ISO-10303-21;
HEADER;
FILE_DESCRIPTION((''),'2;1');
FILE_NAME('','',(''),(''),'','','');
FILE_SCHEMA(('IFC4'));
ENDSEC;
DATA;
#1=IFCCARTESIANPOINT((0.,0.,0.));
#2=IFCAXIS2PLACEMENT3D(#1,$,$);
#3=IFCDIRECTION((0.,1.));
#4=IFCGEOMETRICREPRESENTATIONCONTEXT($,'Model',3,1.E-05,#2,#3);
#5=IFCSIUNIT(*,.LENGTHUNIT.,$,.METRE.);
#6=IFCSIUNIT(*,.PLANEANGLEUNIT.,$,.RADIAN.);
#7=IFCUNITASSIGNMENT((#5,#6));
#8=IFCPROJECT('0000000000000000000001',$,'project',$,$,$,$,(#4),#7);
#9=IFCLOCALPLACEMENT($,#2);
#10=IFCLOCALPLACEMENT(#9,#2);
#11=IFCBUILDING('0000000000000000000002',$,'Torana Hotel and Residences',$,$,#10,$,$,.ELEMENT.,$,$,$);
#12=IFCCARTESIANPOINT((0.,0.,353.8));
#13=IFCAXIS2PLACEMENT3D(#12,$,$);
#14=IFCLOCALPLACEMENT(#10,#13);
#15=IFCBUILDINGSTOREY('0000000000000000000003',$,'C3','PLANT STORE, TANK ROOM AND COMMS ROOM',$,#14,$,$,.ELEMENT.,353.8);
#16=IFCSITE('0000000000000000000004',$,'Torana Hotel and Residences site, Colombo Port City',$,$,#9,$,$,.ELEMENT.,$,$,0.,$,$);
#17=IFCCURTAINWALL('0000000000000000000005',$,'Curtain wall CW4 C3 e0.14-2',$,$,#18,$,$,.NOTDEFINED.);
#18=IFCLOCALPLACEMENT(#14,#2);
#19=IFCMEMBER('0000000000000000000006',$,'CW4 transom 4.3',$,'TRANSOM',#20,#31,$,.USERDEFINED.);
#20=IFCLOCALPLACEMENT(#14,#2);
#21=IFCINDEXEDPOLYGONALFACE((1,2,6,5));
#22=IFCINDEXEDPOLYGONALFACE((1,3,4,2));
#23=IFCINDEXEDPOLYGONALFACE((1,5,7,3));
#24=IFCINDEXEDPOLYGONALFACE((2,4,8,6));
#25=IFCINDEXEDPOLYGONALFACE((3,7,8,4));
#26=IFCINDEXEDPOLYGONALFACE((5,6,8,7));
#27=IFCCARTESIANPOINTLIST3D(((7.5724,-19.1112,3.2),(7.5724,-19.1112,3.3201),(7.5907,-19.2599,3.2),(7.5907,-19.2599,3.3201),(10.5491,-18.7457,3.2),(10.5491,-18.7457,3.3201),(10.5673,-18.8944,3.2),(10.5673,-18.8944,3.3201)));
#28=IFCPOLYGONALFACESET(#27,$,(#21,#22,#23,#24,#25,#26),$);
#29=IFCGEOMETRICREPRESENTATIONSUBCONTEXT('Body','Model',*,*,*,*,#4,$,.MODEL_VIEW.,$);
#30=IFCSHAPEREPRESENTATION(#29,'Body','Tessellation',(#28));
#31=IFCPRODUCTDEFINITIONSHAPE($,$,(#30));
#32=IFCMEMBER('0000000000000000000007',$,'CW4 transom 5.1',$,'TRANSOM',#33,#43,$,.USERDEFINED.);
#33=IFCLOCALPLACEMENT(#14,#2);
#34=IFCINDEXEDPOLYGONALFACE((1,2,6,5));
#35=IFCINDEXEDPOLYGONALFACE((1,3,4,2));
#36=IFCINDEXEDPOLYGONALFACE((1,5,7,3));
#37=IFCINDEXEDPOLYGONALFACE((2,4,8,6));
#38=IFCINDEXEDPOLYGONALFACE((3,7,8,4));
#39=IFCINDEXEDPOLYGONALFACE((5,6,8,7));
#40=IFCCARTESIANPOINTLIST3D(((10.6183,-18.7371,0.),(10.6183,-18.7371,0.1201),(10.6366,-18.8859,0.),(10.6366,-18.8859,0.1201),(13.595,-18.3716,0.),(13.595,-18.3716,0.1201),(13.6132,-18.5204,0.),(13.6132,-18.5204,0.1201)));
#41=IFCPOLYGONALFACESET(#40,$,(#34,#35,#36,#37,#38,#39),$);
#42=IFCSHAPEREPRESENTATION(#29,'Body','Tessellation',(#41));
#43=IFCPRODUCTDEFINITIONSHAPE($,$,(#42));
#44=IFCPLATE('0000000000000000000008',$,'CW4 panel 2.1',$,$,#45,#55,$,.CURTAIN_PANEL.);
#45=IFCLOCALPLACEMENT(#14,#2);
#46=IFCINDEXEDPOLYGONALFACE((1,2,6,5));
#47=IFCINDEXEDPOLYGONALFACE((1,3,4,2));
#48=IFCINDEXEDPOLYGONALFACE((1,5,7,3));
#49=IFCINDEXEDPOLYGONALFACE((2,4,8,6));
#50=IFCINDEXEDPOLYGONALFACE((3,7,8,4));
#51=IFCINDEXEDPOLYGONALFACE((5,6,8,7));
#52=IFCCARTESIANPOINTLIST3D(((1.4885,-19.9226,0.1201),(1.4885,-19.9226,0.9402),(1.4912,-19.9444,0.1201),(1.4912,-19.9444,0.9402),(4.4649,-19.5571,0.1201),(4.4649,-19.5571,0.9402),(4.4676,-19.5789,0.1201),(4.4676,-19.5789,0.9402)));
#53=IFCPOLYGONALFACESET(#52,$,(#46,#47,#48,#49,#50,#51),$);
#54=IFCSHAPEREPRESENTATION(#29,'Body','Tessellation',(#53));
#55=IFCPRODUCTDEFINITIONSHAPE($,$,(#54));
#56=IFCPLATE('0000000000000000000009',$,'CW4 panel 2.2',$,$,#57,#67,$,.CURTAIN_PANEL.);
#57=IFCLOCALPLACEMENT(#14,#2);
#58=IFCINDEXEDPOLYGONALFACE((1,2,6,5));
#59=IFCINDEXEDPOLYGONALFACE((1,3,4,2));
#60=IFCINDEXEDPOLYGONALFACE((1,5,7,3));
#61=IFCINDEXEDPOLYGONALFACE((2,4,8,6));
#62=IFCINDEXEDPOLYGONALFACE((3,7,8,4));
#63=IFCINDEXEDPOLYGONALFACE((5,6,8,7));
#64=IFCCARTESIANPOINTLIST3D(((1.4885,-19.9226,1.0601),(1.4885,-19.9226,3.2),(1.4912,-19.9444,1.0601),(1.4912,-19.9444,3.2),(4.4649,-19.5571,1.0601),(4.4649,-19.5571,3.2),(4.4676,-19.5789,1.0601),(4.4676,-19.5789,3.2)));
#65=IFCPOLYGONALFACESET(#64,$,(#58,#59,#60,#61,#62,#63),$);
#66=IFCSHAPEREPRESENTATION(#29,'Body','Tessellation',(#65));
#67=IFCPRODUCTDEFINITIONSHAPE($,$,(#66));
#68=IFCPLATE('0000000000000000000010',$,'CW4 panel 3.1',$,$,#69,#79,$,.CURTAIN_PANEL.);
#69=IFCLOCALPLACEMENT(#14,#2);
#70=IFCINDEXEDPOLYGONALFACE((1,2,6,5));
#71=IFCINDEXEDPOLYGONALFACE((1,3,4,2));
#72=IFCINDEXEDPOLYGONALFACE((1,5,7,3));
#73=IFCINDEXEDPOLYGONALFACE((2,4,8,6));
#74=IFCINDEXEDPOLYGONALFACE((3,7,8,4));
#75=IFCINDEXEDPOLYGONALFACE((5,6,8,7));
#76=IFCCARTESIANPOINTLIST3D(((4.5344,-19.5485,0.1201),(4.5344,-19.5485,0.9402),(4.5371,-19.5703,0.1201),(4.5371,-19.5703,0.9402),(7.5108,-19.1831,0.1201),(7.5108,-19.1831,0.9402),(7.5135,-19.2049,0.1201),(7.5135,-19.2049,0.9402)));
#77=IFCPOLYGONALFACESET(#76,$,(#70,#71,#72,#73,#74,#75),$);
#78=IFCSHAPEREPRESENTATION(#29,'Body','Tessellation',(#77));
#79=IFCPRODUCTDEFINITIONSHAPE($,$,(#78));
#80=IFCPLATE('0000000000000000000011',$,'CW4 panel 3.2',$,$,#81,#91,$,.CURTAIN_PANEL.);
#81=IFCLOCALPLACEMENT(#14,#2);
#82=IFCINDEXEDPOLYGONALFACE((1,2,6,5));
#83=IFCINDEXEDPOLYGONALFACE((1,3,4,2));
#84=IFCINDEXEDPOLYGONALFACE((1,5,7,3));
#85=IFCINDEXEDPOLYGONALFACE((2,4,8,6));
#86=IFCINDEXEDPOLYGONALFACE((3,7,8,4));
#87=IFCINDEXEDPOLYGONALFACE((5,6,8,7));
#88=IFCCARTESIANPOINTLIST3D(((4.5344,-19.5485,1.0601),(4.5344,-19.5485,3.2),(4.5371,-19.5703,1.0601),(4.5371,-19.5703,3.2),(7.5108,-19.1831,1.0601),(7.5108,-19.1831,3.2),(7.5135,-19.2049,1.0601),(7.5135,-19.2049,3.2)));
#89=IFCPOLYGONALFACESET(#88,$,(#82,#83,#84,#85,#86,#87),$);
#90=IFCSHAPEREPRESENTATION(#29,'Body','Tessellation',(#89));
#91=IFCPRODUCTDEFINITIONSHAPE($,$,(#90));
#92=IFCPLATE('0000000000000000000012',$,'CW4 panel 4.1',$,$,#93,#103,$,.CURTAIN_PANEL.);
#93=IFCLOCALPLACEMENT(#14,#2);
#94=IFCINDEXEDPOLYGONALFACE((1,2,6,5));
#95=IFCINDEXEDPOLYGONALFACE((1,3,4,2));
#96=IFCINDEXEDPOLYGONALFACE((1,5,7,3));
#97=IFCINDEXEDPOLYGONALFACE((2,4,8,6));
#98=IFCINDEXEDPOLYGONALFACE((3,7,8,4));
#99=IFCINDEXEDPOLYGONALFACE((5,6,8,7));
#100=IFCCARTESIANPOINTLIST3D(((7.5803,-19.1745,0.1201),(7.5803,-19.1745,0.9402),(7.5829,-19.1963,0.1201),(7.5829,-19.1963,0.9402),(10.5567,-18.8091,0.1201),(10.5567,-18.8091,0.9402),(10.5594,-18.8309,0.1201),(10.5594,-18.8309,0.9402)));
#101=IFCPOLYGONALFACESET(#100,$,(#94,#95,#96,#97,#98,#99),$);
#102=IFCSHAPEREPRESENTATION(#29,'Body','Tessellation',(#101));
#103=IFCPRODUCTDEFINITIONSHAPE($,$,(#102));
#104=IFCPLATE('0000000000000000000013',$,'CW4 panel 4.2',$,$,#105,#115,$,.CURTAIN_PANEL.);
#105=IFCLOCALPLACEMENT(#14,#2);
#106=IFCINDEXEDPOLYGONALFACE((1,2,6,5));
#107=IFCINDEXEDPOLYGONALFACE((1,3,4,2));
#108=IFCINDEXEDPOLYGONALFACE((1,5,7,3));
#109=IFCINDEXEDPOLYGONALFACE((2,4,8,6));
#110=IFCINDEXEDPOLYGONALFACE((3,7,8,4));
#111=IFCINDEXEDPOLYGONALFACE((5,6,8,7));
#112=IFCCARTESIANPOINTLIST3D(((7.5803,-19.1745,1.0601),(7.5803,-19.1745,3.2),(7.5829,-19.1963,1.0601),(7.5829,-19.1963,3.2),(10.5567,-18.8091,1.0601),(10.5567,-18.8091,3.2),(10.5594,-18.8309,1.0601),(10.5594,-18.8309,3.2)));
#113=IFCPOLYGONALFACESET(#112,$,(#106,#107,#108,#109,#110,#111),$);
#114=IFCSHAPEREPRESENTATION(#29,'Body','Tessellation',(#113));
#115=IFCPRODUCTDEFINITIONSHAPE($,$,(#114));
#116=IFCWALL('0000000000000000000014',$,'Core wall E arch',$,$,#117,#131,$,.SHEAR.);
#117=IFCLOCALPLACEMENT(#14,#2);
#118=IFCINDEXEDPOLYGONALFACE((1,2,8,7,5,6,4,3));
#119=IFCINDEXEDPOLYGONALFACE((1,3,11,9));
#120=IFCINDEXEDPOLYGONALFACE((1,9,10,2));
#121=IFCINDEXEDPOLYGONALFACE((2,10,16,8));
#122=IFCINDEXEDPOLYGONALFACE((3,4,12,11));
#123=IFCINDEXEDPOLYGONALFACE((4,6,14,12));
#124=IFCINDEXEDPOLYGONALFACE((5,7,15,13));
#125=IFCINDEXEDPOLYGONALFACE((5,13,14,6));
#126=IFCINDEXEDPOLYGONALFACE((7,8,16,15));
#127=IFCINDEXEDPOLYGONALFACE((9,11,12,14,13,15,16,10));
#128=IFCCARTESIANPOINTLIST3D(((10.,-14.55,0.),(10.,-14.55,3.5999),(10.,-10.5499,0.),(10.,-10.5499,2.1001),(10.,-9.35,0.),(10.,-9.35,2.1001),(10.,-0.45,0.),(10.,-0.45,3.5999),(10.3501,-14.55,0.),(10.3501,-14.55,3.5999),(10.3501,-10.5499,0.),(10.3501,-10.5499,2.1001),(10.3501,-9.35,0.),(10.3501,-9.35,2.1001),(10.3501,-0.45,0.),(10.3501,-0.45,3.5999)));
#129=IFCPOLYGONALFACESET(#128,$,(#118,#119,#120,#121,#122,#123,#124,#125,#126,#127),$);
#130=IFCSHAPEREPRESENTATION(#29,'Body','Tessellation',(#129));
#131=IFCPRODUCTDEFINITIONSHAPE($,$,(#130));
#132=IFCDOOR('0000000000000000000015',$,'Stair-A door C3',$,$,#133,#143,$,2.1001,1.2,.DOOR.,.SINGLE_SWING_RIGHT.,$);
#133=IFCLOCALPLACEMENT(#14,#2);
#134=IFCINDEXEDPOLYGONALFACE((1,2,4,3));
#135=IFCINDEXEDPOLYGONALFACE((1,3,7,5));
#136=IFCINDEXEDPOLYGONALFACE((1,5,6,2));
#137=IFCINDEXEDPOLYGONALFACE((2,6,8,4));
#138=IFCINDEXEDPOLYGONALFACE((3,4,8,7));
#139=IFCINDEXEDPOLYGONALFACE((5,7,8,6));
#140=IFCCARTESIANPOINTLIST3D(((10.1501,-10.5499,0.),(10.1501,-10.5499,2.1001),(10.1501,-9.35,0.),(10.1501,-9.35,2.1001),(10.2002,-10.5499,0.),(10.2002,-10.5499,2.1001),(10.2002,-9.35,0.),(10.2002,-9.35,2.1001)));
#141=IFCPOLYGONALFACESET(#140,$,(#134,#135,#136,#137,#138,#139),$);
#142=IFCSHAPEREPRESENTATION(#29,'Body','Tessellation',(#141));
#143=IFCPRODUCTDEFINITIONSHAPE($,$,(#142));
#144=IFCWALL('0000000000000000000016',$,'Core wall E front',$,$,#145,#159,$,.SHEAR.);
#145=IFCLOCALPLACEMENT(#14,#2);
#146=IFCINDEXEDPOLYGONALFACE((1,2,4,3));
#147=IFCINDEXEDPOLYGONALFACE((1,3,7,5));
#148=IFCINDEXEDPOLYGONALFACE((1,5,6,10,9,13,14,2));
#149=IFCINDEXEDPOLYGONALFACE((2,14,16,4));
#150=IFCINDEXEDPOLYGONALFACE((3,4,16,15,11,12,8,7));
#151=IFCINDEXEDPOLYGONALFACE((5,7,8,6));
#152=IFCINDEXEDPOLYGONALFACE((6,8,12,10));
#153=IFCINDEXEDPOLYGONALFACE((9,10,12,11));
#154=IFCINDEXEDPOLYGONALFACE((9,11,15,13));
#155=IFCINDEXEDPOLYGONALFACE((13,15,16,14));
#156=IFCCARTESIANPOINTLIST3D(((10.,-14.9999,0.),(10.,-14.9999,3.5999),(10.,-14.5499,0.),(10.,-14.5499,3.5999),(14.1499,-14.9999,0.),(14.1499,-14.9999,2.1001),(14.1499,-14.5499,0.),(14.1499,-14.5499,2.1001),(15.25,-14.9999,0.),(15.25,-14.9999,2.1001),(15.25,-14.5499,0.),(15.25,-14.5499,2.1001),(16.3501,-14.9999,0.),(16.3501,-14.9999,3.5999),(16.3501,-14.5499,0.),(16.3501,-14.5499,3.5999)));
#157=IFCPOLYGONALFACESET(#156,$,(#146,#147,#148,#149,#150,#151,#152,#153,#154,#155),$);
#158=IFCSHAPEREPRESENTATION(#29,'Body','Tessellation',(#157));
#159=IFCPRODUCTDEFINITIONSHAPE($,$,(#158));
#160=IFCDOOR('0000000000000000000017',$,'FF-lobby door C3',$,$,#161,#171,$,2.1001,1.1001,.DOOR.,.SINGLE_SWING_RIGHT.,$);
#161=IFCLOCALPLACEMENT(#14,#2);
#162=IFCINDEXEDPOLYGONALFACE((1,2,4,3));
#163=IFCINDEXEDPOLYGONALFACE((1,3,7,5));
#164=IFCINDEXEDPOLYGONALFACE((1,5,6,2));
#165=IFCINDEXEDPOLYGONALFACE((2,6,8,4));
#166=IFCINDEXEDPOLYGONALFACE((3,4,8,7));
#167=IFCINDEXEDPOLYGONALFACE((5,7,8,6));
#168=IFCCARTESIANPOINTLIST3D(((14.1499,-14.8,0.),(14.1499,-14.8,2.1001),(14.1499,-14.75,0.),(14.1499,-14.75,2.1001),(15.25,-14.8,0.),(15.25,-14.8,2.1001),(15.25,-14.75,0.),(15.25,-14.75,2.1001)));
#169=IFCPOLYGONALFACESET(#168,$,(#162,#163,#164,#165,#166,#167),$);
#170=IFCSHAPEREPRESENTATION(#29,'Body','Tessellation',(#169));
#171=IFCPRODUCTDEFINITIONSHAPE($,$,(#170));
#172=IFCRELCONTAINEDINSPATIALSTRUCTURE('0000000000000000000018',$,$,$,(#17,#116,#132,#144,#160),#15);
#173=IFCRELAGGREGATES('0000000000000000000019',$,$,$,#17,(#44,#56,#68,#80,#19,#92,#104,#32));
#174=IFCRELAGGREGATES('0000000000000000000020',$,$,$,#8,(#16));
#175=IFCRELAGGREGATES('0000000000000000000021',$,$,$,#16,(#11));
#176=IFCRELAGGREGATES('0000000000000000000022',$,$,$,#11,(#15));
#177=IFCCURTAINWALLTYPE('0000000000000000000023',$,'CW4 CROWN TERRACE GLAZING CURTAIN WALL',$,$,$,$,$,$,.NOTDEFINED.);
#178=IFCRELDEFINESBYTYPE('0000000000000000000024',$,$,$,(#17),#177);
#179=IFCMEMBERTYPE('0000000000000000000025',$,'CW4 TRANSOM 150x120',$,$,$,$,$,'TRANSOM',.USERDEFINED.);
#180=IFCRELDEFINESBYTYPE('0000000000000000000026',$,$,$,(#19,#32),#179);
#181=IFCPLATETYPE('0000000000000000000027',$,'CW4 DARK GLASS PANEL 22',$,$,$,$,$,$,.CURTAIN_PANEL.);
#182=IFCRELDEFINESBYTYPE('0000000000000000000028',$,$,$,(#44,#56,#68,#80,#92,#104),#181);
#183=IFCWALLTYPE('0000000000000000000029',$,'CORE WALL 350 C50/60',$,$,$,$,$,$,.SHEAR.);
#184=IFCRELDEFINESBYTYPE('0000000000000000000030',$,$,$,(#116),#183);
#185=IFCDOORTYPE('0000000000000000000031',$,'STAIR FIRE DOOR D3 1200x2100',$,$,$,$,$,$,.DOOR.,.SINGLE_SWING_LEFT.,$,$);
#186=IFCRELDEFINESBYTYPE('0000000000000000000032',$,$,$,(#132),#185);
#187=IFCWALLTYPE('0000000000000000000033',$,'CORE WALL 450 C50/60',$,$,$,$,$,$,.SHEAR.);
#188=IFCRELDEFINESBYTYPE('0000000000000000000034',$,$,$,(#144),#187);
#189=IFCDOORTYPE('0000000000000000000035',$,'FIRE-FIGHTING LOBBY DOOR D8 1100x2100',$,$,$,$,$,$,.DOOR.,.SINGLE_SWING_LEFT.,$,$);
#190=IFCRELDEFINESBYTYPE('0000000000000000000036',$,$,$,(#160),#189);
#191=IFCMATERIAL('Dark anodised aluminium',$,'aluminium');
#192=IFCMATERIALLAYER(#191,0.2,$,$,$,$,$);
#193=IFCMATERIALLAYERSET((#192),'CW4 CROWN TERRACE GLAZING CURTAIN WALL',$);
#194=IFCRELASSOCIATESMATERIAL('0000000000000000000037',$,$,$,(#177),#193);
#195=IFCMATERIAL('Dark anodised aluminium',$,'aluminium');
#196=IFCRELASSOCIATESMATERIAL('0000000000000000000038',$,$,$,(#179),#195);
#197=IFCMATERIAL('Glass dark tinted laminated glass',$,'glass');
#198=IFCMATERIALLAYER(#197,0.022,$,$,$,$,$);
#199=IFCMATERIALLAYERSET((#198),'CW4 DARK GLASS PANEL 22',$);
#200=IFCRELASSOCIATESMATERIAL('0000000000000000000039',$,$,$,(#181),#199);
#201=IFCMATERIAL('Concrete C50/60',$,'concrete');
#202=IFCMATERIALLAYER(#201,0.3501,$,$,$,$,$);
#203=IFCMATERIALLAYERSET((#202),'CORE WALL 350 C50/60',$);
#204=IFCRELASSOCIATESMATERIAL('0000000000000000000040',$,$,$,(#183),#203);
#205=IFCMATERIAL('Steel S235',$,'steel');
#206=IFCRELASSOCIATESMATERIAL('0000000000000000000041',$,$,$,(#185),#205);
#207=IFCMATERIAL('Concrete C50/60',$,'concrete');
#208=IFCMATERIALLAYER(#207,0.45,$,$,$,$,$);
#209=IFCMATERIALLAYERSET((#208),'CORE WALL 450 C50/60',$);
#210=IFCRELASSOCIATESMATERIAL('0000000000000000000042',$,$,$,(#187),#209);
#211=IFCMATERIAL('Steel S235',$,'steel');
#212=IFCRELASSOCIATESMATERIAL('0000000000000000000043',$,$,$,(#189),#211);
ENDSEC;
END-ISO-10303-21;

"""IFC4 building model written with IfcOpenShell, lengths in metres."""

from ifc_helpers import new_model, si_unit, direction, frame, frame_2d, origin, origin_2d, place, context, subcontext, project, spatial, rectangle, extrude, material, layer, layer_set, material_profile, profile_set, type_object, element, fill, aggregate, save


model = new_model("IFC4")

# Units and contexts
model_context = context("Model", 3, precision=1e-05, world=origin(), true_north=direction((0.0, 1.0)))
body_context = subcontext(model_context, "Body", "Model", "MODEL_VIEW")
ifc_project = project(units=[si_unit("LENGTHUNIT", "METRE"), si_unit("PLANEANGLEUNIT", "RADIAN")], contexts=[model_context])

# Site, building, storey
site_placement = place(None, origin())
site = spatial("IfcSite", under=ifc_project, at=site_placement, Name="Torana Hotel and Residences site, Colombo Port City", CompositionType="ELEMENT", RefElevation=0.0)
building_placement = place(site_placement, origin())
building = spatial("IfcBuilding", under=site, at=building_placement, Name="Torana Hotel and Residences", CompositionType="ELEMENT")
storey_placement = place(building_placement, frame((0.0, 0.0, 353.8)))
storey = spatial("IfcBuildingStorey", under=building, at=storey_placement, Name="C3", Description="PLANT STORE, TANK ROOM AND COMMS ROOM", CompositionType="ELEMENT", Elevation=353.8)

# Curtain wall, members, plates
ifc_material_1 = material(Name="Dark anodised aluminium", Category="aluminium")
ifc_layer_1 = layer(ifc_material_1, 0.2)
ifc_layer_set_1 = layer_set([ifc_layer_1], Name="CW4 CROWN TERRACE GLAZING CURTAIN WALL")
curtain_wall_type = type_object("IfcCurtainWallType", Name="CW4 CROWN TERRACE GLAZING CURTAIN WALL", PredefinedType="NOTDEFINED", material=ifc_layer_set_1)
curtain_wall_placement = place(storey_placement, origin())
curtain_wall = element("IfcCurtainWall", 1, at=curtain_wall_placement, inside=storey, type_object=curtain_wall_type, Name="Curtain wall CW4 C3 e0.14-2", PredefinedType="NOTDEFINED")
ifc_material_2 = material(Name="Dark anodised aluminium", Category="aluminium")
ifc_material_profile_1 = material_profile(ifc_material_2, rectangle(XDim=0.1499, YDim=0.1201, at=origin_2d()), Name="CW4 TRANSOM 150x120")
ifc_profile_set_1 = profile_set([ifc_material_profile_1], Name="Dark anodised aluminium")
member_type_1 = type_object("IfcMemberType", Name="CW4 TRANSOM 150x120", ElementType="TRANSOM", PredefinedType="USERDEFINED", material=ifc_profile_set_1)
member_1_placement = place(storey_placement, frame((7.5815, -19.1855, 3.26), z_axis=(0.992546, 0.12187, 0.0), x_axis=(-0.12187, 0.992546, 0.0)))
member_1 = element("IfcMember", 2, at=member_1_placement, type_object=member_type_1, Name="CW4 transom 4.3", ObjectType="TRANSOM", PredefinedType="USERDEFINED", context=body_context, shape_type="SweptSolid", body=[
    extrude(rectangle(XDim=0.1499, YDim=0.1201, at=origin_2d()), origin(), (0.0, 0.0, 1.0), 2.999),
])
member_2_placement = place(storey_placement, frame((10.6274, -18.8115, 0.0601), z_axis=(0.992546, 0.12187, 0.0), x_axis=(-0.12187, 0.992546, 0.0)))
member_2 = element("IfcMember", 3, at=member_2_placement, type_object=member_type_1, Name="CW4 transom 5.1", ObjectType="TRANSOM", PredefinedType="USERDEFINED", context=body_context, shape_type="SweptSolid", body=[
    extrude(rectangle(XDim=0.1499, YDim=0.1201, at=origin_2d()), origin(), (0.0, 0.0, 1.0), 2.999),
])
ifc_material_3 = material(Name="Glass dark tinted laminated glass", Category="glass")
ifc_layer_2 = layer(ifc_material_3, 0.022)
ifc_layer_set_2 = layer_set([ifc_layer_2], Name="CW4 DARK GLASS PANEL 22")
plate_type = type_object("IfcPlateType", Name="CW4 DARK GLASS PANEL 22", PredefinedType="CURTAIN_PANEL", material=ifc_layer_set_2)
plate_1_placement = place(storey_placement, frame((2.978, -19.7507, 0.1201), z_axis=(0.0, 0.0, 1.0), x_axis=(0.992547, 0.121865, 0.0)))
plate_1 = element("IfcPlate", 4, at=plate_1_placement, type_object=plate_type, Name="CW4 panel 2.1", PredefinedType="CURTAIN_PANEL", context=body_context, shape_type="SweptSolid", body=[
    extrude(rectangle(XDim=2.9988, YDim=0.022, at=origin_2d()), origin(), (0.0, 0.0, 1.0), 0.8201),
])
plate_2_placement = place(storey_placement, frame((2.978, -19.7507, 1.0601), z_axis=(0.0, 0.0, 1.0), x_axis=(0.992547, 0.121865, 0.0)))
plate_2 = element("IfcPlate", 5, at=plate_2_placement, type_object=plate_type, Name="CW4 panel 2.2", PredefinedType="CURTAIN_PANEL", context=body_context, shape_type="SweptSolid", body=[
    extrude(rectangle(XDim=2.9988, YDim=0.022, at=origin_2d()), origin(), (0.0, 0.0, 1.0), 2.1399),
])
plate_3_placement = place(storey_placement, frame((6.0239, -19.3767, 0.1201), z_axis=(0.0, 0.0, 1.0), x_axis=(0.992547, 0.121865, 0.0)))
plate_3 = element("IfcPlate", 6, at=plate_3_placement, type_object=plate_type, Name="CW4 panel 3.1", PredefinedType="CURTAIN_PANEL", context=body_context, shape_type="SweptSolid", body=[
    extrude(rectangle(XDim=2.9988, YDim=0.022, at=origin_2d()), origin(), (0.0, 0.0, 1.0), 0.8201),
])
plate_4_placement = place(storey_placement, frame((6.0239, -19.3767, 1.0601), z_axis=(0.0, 0.0, 1.0), x_axis=(0.992547, 0.121865, 0.0)))
plate_4 = element("IfcPlate", 7, at=plate_4_placement, type_object=plate_type, Name="CW4 panel 3.2", PredefinedType="CURTAIN_PANEL", context=body_context, shape_type="SweptSolid", body=[
    extrude(rectangle(XDim=2.9988, YDim=0.022, at=origin_2d()), origin(), (0.0, 0.0, 1.0), 2.1399),
])
plate_5_placement = place(storey_placement, frame((9.0698, -19.0027, 0.1201), z_axis=(0.0, 0.0, 1.0), x_axis=(0.992547, 0.121865, 0.0)))
plate_5 = element("IfcPlate", 8, at=plate_5_placement, type_object=plate_type, Name="CW4 panel 4.1", PredefinedType="CURTAIN_PANEL", context=body_context, shape_type="SweptSolid", body=[
    extrude(rectangle(XDim=2.9988, YDim=0.022, at=origin_2d()), origin(), (0.0, 0.0, 1.0), 0.8201),
])
plate_6_placement = place(storey_placement, frame((9.0698, -19.0027, 1.0601), z_axis=(0.0, 0.0, 1.0), x_axis=(0.992547, 0.121865, 0.0)))
plate_6 = element("IfcPlate", 9, at=plate_6_placement, type_object=plate_type, Name="CW4 panel 4.2", PredefinedType="CURTAIN_PANEL", context=body_context, shape_type="SweptSolid", body=[
    extrude(rectangle(XDim=2.9988, YDim=0.022, at=origin_2d()), origin(), (0.0, 0.0, 1.0), 2.1399),
])
aggregate(curtain_wall, [plate_1, plate_2, plate_3, plate_4, member_1, plate_5, plate_6, member_2])

# Walls, openings, doors
ifc_material_4 = material(Name="Concrete C50/60", Category="concrete")
ifc_layer_3 = layer(ifc_material_4, 0.3501)
ifc_layer_set_3 = layer_set([ifc_layer_3], Name="CORE WALL 350 C50/60")
wall_type_1 = type_object("IfcWallType", Name="CORE WALL 350 C50/60", PredefinedType="SHEAR", material=ifc_layer_set_3)
wall_1_placement = place(storey_placement, frame((10.175, -14.55, 0.0), z_axis=(0.0, 0.0, 1.0), x_axis=(0.0, 1.0, 0.0)))
wall_1 = element("IfcWall", 10, at=wall_1_placement, inside=storey, type_object=wall_type_1, Name="Core wall E arch", PredefinedType="SHEAR", context=body_context, shape_type="SweptSolid", body=[
    extrude(rectangle(XDim=14.1001, YDim=0.3501, at=frame_2d((7.05, 0.0))), origin(), (0.0, 0.0, 1.0), 3.5999),
])
opening_1_placement = place(wall_1_placement, frame((4.0, 0.0, 0.0)))
opening_1 = element("IfcOpeningElement", 11, at=opening_1_placement, cuts=wall_1, PredefinedType="OPENING", context=body_context, shape_type="SweptSolid", body=[
    extrude(rectangle(XDim=1.2, YDim=2.1001, at=frame_2d((0.6001, 1.05))), frame((0.0, 0.1851, 0.0), z_axis=(0.0, -1.0, 0.0), x_axis=(1.0, 0.0, 0.0)), (0.0, 0.0, 1.0), 0.3701),
])
ifc_material_5 = material(Name="Steel S235", Category="steel")
door_type_1 = type_object("IfcDoorType", Name="STAIR FIRE DOOR D3 1200x2100", OperationType="SINGLE_SWING_LEFT", PredefinedType="DOOR", material=ifc_material_5)
door_1_placement = place(opening_1_placement, frame((0.6001, 0.0, 0.0), z_axis=(0.0, 0.0, 1.0), x_axis=(-1.0, 0.0, 0.0)))
door_1 = element("IfcDoor", 12, at=door_1_placement, inside=storey, type_object=door_type_1, Name="Stair-A door C3", OperationType="SINGLE_SWING_RIGHT", OverallHeight=2.1001, OverallWidth=1.2, PredefinedType="DOOR", context=body_context, shape_type="SweptSolid", body=[
    extrude(rectangle(XDim=1.2, YDim=2.1001, at=frame_2d((0.0, 1.05))), frame((0.0, -0.0249, 0.0), z_axis=(0.0, 1.0, 0.0), x_axis=(-1.0, 0.0, 0.0)), (0.0, 0.0, 1.0), 0.05),
])
fill(opening_1, door_1)
ifc_material_6 = material(Name="Concrete C50/60", Category="concrete")
ifc_layer_4 = layer(ifc_material_6, 0.45)
ifc_layer_set_4 = layer_set([ifc_layer_4], Name="CORE WALL 450 C50/60")
wall_type_2 = type_object("IfcWallType", Name="CORE WALL 450 C50/60", PredefinedType="SHEAR", material=ifc_layer_set_4)
wall_2_placement = place(storey_placement, frame((10.0, -14.7749, 0.0), z_axis=(0.0, 0.0, 1.0), x_axis=(1.0, 0.0, 0.0)))
wall_2 = element("IfcWall", 13, at=wall_2_placement, inside=storey, type_object=wall_type_2, Name="Core wall E front", PredefinedType="SHEAR", context=body_context, shape_type="SweptSolid", body=[
    extrude(rectangle(XDim=6.3501, YDim=0.45, at=frame_2d((3.175, 0.0))), origin(), (0.0, 0.0, 1.0), 3.5999),
])
opening_2_placement = place(wall_2_placement, frame((4.1499, 0.0, 0.0)))
opening_2 = element("IfcOpeningElement", 14, at=opening_2_placement, cuts=wall_2, PredefinedType="OPENING", context=body_context, shape_type="SweptSolid", body=[
    extrude(rectangle(XDim=1.1001, YDim=2.1001, at=frame_2d((0.55, 1.05))), frame((0.0, 0.2349, 0.0), z_axis=(0.0, -1.0, 0.0), x_axis=(1.0, 0.0, 0.0)), (0.0, 0.0, 1.0), 0.47),
])
ifc_material_7 = material(Name="Steel S235", Category="steel")
door_type_2 = type_object("IfcDoorType", Name="FIRE-FIGHTING LOBBY DOOR D8 1100x2100", OperationType="SINGLE_SWING_LEFT", PredefinedType="DOOR", material=ifc_material_7)
door_2_placement = place(opening_2_placement, origin())
door_2 = element("IfcDoor", 15, at=door_2_placement, inside=storey, type_object=door_type_2, Name="FF-lobby door C3", OperationType="SINGLE_SWING_RIGHT", OverallHeight=2.1001, OverallWidth=1.1001, PredefinedType="DOOR", context=body_context, shape_type="SweptSolid", body=[
    extrude(rectangle(XDim=1.1001, YDim=2.1001, at=frame_2d((0.55, 1.05))), frame((0.0, 0.0249, 0.0), z_axis=(0.0, -1.0, 0.0), x_axis=(1.0, 0.0, 0.0)), (0.0, 0.0, 1.0), 0.05),
])
fill(opening_2, door_2)

save(model, "model.ifc")
